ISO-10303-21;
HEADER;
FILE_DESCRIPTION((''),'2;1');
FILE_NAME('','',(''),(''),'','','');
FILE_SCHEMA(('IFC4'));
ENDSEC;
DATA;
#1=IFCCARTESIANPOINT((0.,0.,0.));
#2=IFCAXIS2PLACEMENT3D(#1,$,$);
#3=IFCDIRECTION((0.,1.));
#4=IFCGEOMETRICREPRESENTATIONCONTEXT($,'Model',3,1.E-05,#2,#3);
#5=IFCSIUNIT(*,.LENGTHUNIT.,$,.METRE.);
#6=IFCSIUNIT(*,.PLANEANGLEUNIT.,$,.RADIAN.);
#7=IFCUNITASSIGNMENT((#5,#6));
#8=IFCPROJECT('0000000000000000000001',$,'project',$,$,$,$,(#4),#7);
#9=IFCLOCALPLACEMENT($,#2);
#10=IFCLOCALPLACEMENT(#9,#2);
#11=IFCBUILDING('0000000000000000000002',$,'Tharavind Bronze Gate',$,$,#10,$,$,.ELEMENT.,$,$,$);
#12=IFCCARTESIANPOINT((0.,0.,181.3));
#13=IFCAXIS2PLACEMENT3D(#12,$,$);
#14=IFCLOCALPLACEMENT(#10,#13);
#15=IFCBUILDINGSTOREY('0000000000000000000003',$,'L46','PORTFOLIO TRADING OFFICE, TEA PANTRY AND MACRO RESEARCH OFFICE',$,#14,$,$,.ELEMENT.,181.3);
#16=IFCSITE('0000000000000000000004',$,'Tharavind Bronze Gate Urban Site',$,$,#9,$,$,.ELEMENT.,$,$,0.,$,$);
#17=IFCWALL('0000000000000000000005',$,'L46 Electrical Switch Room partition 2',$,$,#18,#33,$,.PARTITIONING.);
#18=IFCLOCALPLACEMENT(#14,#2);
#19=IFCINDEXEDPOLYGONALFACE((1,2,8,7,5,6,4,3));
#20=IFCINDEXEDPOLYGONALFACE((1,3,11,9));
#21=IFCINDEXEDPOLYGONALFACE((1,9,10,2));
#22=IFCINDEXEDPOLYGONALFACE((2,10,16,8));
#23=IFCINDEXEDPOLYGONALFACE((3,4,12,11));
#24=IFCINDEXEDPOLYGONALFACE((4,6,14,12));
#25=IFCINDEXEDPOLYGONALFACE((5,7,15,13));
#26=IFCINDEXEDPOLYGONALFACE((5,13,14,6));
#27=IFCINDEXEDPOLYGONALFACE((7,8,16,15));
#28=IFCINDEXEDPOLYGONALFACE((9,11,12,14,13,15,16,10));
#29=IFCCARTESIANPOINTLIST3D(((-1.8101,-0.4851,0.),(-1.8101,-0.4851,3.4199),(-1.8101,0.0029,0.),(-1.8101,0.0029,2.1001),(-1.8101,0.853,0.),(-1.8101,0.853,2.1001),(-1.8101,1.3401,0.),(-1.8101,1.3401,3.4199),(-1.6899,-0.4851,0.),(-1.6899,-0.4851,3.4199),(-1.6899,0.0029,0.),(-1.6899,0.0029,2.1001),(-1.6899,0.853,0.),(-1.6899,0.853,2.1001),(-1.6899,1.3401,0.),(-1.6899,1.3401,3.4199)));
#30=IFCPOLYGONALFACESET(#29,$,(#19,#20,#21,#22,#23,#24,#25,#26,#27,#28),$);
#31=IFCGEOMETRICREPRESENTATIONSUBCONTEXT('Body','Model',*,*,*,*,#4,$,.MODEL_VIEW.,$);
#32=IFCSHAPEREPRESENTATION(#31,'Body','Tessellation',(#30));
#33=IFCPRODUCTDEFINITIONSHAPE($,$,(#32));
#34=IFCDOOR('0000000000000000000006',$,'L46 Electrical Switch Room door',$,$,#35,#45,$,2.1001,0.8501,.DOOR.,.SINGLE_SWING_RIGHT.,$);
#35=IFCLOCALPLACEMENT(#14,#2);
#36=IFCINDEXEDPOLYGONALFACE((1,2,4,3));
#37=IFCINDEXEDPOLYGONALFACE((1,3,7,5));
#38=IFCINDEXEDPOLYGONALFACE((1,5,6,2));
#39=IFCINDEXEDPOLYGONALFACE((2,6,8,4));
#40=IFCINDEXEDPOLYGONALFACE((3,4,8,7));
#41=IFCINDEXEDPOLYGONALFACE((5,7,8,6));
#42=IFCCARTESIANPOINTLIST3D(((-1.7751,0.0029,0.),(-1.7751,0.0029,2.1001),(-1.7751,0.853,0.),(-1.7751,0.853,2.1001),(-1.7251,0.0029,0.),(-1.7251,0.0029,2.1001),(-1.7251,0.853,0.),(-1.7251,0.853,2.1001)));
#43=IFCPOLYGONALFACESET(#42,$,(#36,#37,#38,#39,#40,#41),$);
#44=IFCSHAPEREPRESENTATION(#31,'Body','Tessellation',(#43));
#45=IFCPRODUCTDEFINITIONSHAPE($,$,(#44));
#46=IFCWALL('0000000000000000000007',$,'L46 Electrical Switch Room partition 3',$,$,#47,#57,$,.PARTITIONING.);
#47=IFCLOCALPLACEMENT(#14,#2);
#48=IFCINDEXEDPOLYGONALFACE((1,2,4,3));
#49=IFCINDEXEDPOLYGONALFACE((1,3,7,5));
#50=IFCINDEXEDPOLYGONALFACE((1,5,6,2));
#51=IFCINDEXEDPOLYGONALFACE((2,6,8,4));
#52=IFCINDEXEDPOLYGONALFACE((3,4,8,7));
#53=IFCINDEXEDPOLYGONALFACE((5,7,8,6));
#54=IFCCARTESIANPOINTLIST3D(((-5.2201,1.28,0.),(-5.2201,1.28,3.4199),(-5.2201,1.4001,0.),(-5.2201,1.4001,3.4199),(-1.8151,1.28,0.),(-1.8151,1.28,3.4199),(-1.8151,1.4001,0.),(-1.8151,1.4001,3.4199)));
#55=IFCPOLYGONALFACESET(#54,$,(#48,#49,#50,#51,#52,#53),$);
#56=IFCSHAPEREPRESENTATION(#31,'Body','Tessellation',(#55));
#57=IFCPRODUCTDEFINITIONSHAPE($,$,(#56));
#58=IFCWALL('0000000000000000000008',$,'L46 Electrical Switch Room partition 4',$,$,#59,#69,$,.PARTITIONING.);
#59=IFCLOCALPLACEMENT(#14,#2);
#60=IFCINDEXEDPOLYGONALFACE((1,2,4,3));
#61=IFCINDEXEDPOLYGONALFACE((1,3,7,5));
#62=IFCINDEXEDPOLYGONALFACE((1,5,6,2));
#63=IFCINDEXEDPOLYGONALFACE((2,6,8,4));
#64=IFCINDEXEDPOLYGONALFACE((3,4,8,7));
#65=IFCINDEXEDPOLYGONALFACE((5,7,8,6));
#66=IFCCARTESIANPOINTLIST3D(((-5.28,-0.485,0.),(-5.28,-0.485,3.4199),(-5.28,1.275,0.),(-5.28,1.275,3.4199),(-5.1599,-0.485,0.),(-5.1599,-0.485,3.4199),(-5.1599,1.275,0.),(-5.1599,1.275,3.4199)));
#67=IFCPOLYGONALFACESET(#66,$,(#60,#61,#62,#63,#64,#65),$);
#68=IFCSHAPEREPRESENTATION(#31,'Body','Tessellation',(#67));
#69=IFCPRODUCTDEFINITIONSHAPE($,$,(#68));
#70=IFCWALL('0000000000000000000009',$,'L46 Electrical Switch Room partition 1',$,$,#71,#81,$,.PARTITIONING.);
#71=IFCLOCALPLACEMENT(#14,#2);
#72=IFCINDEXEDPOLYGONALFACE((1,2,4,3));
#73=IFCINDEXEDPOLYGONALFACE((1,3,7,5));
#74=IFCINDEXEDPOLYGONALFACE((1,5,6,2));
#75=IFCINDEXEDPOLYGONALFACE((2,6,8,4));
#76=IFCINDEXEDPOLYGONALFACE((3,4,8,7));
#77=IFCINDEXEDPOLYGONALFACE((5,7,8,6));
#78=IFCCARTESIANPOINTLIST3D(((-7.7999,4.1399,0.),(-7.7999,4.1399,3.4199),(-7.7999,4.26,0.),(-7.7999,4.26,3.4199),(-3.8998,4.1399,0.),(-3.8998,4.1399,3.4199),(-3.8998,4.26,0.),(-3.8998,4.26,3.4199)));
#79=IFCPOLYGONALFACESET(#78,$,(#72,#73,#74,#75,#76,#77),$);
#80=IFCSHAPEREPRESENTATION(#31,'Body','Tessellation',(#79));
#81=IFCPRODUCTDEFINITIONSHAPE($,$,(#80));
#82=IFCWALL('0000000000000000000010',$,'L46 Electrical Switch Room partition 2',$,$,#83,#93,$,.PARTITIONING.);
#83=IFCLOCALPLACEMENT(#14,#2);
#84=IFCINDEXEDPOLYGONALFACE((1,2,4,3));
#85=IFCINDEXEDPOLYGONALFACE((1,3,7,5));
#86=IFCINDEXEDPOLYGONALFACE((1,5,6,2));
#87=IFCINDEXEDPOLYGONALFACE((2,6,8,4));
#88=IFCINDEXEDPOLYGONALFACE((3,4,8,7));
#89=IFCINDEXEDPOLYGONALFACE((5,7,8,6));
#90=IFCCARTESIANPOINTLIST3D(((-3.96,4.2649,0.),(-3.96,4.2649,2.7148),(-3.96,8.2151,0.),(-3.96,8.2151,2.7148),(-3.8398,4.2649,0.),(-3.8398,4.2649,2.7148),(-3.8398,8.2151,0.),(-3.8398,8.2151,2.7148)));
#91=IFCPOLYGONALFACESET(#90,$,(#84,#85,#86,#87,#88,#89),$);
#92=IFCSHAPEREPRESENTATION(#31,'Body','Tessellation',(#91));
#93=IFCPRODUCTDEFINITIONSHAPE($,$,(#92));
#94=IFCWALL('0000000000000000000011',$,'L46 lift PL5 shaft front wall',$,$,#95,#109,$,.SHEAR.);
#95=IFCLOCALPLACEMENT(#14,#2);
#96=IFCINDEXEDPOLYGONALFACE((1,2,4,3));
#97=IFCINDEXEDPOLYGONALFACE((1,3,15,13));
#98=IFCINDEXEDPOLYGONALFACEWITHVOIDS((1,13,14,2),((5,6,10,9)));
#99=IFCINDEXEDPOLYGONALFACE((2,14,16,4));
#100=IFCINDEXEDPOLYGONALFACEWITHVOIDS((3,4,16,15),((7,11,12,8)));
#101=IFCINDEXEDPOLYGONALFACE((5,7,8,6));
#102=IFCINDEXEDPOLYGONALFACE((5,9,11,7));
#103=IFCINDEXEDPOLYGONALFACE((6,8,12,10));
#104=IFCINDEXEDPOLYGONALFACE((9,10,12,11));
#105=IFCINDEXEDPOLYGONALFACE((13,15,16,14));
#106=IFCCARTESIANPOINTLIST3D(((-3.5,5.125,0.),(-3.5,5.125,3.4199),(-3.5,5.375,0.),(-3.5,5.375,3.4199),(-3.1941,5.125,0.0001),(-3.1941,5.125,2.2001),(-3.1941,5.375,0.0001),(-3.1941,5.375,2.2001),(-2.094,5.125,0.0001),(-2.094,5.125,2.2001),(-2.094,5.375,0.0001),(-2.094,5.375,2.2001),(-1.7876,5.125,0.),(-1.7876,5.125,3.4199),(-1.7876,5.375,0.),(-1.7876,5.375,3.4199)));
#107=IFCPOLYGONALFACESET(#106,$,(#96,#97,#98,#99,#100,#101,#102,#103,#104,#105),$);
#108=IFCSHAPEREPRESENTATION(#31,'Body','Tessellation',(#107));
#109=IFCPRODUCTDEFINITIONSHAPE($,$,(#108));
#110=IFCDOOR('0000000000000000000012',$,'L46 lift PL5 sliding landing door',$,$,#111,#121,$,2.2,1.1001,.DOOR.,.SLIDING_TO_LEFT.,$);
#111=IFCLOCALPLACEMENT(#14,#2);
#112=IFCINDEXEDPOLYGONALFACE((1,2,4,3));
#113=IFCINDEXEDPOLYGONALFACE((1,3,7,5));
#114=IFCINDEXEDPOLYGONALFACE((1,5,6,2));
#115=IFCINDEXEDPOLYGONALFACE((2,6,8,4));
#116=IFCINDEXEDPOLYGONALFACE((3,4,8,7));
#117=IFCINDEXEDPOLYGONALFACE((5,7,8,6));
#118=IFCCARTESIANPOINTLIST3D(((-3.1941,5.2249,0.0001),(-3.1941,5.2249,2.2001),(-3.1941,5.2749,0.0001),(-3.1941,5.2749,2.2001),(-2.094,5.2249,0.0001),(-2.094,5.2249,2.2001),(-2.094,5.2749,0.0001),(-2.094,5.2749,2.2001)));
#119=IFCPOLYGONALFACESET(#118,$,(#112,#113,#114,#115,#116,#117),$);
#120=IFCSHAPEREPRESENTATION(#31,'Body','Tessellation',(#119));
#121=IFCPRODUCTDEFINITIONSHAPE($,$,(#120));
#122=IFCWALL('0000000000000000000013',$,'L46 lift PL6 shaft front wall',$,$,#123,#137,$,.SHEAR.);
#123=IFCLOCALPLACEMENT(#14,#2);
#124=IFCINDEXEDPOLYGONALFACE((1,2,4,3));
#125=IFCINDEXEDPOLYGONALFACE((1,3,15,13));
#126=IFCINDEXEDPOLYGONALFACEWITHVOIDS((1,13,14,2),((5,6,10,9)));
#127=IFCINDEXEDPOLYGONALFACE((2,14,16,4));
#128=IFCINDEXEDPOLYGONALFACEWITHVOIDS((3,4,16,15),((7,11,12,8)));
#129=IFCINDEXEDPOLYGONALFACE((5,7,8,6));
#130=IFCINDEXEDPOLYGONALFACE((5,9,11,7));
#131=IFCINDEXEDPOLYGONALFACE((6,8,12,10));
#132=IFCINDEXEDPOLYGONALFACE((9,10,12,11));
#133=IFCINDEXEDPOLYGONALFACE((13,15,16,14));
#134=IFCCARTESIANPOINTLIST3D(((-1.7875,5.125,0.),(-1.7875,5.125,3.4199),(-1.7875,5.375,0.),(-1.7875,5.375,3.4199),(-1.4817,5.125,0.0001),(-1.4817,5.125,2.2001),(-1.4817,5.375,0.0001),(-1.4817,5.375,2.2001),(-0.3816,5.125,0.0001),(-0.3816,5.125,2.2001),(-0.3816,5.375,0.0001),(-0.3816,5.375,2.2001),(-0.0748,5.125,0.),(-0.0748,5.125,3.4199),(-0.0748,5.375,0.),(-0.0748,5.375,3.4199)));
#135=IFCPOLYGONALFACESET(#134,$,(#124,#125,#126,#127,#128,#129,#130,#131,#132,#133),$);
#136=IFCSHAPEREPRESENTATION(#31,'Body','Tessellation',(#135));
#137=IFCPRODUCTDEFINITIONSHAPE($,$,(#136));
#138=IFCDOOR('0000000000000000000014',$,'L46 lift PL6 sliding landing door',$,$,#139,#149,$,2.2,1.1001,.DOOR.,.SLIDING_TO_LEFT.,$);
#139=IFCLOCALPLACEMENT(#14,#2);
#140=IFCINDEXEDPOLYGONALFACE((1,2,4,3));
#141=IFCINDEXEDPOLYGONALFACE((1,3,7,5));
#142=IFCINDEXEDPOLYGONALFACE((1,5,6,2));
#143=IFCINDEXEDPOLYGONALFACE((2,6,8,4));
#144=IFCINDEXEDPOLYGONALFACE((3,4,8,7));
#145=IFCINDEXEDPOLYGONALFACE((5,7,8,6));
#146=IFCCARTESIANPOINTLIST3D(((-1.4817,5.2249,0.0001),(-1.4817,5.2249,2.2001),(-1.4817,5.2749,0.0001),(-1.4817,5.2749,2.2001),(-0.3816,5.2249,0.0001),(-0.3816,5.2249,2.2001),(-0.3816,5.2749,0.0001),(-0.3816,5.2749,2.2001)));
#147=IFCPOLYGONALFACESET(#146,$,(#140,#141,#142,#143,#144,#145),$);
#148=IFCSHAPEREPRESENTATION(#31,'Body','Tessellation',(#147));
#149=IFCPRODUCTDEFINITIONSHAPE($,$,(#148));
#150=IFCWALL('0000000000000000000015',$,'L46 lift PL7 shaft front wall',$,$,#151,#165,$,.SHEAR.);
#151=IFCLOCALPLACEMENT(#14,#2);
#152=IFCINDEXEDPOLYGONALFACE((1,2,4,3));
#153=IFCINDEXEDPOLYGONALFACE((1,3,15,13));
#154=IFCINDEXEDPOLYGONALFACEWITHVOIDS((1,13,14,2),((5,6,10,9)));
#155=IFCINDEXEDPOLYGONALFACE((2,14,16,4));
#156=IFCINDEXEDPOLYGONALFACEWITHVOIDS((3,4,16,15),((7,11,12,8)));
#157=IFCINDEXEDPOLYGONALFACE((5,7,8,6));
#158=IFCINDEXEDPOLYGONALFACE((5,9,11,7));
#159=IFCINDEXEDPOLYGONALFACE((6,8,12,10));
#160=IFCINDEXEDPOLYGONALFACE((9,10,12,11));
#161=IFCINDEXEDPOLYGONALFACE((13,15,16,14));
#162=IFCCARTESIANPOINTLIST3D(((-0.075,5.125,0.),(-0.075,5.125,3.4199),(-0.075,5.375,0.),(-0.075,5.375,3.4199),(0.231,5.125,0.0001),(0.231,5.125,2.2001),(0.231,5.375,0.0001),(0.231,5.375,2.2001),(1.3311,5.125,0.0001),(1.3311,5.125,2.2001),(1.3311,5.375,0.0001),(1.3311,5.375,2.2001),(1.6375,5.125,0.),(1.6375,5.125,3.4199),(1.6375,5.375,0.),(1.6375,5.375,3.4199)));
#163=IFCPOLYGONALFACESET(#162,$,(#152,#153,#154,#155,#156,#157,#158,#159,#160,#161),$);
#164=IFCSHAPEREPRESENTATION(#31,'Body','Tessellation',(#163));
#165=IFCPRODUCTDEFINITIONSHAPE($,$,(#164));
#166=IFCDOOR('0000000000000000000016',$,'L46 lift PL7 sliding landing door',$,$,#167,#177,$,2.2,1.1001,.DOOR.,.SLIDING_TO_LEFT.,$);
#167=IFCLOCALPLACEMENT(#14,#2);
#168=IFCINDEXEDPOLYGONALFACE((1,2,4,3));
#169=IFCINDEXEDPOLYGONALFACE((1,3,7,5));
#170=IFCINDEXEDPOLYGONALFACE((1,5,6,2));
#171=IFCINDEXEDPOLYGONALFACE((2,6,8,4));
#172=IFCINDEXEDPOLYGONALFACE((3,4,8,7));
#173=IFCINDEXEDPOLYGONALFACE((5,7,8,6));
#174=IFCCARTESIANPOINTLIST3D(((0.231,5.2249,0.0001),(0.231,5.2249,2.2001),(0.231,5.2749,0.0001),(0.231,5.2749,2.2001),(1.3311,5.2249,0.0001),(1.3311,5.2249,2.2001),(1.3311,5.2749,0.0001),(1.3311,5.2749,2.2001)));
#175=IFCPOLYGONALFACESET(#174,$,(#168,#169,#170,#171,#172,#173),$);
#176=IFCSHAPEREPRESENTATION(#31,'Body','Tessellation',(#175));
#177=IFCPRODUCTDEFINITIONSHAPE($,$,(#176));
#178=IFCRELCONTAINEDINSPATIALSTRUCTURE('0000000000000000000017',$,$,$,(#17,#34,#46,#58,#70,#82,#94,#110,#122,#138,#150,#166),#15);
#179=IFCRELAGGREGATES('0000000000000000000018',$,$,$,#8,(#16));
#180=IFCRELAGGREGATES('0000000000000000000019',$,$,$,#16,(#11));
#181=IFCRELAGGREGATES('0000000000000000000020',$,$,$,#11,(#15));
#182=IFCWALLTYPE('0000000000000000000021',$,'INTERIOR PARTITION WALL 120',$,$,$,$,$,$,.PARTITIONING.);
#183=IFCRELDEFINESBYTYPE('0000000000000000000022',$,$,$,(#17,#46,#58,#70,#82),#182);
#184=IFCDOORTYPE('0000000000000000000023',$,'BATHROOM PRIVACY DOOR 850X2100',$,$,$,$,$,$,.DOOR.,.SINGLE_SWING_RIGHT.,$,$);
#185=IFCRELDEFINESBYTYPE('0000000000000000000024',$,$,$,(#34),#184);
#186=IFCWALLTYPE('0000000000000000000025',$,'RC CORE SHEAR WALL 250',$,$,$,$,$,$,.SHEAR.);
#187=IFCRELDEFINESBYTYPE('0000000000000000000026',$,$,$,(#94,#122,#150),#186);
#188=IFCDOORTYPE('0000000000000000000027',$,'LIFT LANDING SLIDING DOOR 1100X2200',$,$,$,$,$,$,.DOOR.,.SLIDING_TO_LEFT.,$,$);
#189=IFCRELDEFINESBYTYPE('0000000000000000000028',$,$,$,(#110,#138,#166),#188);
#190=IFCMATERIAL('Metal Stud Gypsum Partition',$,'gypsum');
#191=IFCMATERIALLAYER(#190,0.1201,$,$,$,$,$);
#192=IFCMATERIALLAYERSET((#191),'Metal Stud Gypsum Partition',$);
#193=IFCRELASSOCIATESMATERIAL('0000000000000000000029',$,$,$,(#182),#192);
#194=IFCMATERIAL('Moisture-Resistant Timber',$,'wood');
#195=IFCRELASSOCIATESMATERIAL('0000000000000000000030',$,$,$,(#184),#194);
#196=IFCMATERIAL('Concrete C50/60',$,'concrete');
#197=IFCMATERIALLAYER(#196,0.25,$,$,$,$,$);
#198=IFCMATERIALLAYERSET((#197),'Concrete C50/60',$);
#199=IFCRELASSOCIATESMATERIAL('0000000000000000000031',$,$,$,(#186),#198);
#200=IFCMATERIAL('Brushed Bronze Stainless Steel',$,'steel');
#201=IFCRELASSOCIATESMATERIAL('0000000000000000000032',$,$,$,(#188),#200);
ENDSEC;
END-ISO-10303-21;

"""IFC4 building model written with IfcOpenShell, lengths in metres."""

from ifc_helpers import new_model, si_unit, direction, frame, frame_2d, origin, place, context, subcontext, project, spatial, rectangle, extrude, material, layer, layer_set, type_object, element, fill, save


model = new_model("IFC4")

# Units and contexts
model_context = context("Model", 3, precision=1e-05, world=origin(), true_north=direction((0.0, 1.0)))
body_context = subcontext(model_context, "Body", "Model", "MODEL_VIEW")
ifc_project = project(units=[si_unit("LENGTHUNIT", "METRE"), si_unit("PLANEANGLEUNIT", "RADIAN")], contexts=[model_context])

# Site, building, storey
site_placement = place(None, origin())
site = spatial("IfcSite", under=ifc_project, at=site_placement, Name="Tharavind Bronze Gate Urban Site", CompositionType="ELEMENT", RefElevation=0.0)
building_placement = place(site_placement, origin())
building = spatial("IfcBuilding", under=site, at=building_placement, Name="Tharavind Bronze Gate", CompositionType="ELEMENT")
storey_placement = place(building_placement, frame((0.0, 0.0, 181.3)))
storey = spatial("IfcBuildingStorey", under=building, at=storey_placement, Name="L46", Description="PORTFOLIO TRADING OFFICE, TEA PANTRY AND MACRO RESEARCH OFFICE", CompositionType="ELEMENT", Elevation=181.3)

# Shared definitions
ifc_material_1 = material(Name="Metal Stud Gypsum Partition", Category="gypsum")
ifc_layer_1 = layer(ifc_material_1, 0.1201)
ifc_layer_set_1 = layer_set([ifc_layer_1], Name="Metal Stud Gypsum Partition")
wall_type_1 = type_object("IfcWallType", Name="INTERIOR PARTITION WALL 120", PredefinedType="PARTITIONING", material=ifc_layer_set_1)

# Shared definitions
ifc_material_2 = material(Name="Moisture-Resistant Timber", Category="wood")
door_type_1 = type_object("IfcDoorType", Name="BATHROOM PRIVACY DOOR 850X2100", OperationType="SINGLE_SWING_RIGHT", PredefinedType="DOOR", material=ifc_material_2)

# Wall, opening, door
wall_1_placement = place(storey_placement, frame((-1.75, -0.4851, 0.0), z_axis=(0.0, 0.0, 1.0), x_axis=(0.0, 1.0, 0.0)))
wall_1 = element("IfcWall", 1, at=wall_1_placement, inside=storey, type_object=wall_type_1, Name="L46 Electrical Switch Room partition 2", PredefinedType="PARTITIONING", context=body_context, shape_type="SweptSolid", body=[
    extrude(rectangle(XDim=1.8252, YDim=0.1201, at=frame_2d((0.9126, 0.0))), origin(), (0.0, 0.0, 1.0), 3.4199),
])
opening_1_placement = place(wall_1_placement, frame((0.488, 0.0, 0.0)))
opening_1 = element("IfcOpeningElement", 2, at=opening_1_placement, cuts=wall_1, PredefinedType="OPENING", context=body_context, shape_type="SweptSolid", body=[
    extrude(rectangle(XDim=0.8501, YDim=2.1001, at=frame_2d((0.425, 1.05))), frame((0.0, 0.0701, 0.0), z_axis=(0.0, -1.0, 0.0), x_axis=(1.0, 0.0, 0.0)), (0.0, 0.0, 1.0), 0.1401),
])
door_1_placement = place(opening_1_placement, frame((0.8501, 0.0, 0.0), z_axis=(0.0, 0.0, 1.0), x_axis=(-1.0, 0.0, 0.0)))
door_1 = element("IfcDoor", 3, at=door_1_placement, inside=storey, type_object=door_type_1, Name="L46 Electrical Switch Room door", OperationType="SINGLE_SWING_RIGHT", OverallHeight=2.1001, OverallWidth=0.8501, PredefinedType="DOOR", context=body_context, shape_type="SweptSolid", body=[
    extrude(rectangle(XDim=0.8501, YDim=2.1001, at=frame_2d((0.425, 1.05))), frame((0.0, 0.0249, 0.0), z_axis=(0.0, -1.0, 0.0), x_axis=(1.0, 0.0, 0.0)), (0.0, 0.0, 1.0), 0.05),
])
fill(opening_1, door_1)

# Walls
wall_2_placement = place(storey_placement, frame((-1.8149, 1.3401, 0.0), z_axis=(0.0, 0.0, 1.0), x_axis=(-1.0, 0.0, 0.0)))
element("IfcWall", 4, at=wall_2_placement, inside=storey, type_object=wall_type_1, Name="L46 Electrical Switch Room partition 3", PredefinedType="PARTITIONING", context=body_context, shape_type="SweptSolid", body=[
    extrude(rectangle(XDim=3.405, YDim=0.1201, at=frame_2d((1.7026, 0.0))), origin(), (0.0, 0.0, 1.0), 3.4199),
])
wall_3_placement = place(storey_placement, frame((-5.22, 1.2749, 0.0), z_axis=(0.0, 0.0, 1.0), x_axis=(0.0, -1.0, 0.0)))
element("IfcWall", 5, at=wall_3_placement, inside=storey, type_object=wall_type_1, Name="L46 Electrical Switch Room partition 4", PredefinedType="PARTITIONING", context=body_context, shape_type="SweptSolid", body=[
    extrude(rectangle(XDim=1.76, YDim=0.1201, at=frame_2d((0.8799, 0.0))), origin(), (0.0, 0.0, 1.0), 3.4199),
])
wall_4_placement = place(storey_placement, frame((-7.8, 4.2, 0.0), z_axis=(0.0, 0.0, 1.0), x_axis=(1.0, 0.0, 0.0)))
element("IfcWall", 6, at=wall_4_placement, inside=storey, type_object=wall_type_1, Name="L46 Electrical Switch Room partition 1", PredefinedType="PARTITIONING", context=body_context, shape_type="SweptSolid", body=[
    extrude(rectangle(XDim=3.9001, YDim=0.1201, at=frame_2d((1.9502, 0.0))), origin(), (0.0, 0.0, 1.0), 3.4199),
])
wall_5_placement = place(storey_placement, frame((-3.8999, 4.2649, 0.0), z_axis=(0.0, 0.0, 1.0), x_axis=(0.0, 1.0, 0.0)))
element("IfcWall", 7, at=wall_5_placement, inside=storey, type_object=wall_type_1, Name="L46 Electrical Switch Room partition 2", PredefinedType="PARTITIONING", context=body_context, shape_type="SweptSolid", body=[
    extrude(rectangle(XDim=3.9502, YDim=0.1201, at=frame_2d((1.9751, 0.0))), origin(), (0.0, 0.0, 1.0), 2.7148),
])

# Walls, openings, doors
ifc_material_3 = material(Name="Concrete C50/60", Category="concrete")
ifc_layer_2 = layer(ifc_material_3, 0.25)
ifc_layer_set_2 = layer_set([ifc_layer_2], Name="Concrete C50/60")
wall_type_2 = type_object("IfcWallType", Name="RC CORE SHEAR WALL 250", PredefinedType="SHEAR", material=ifc_layer_set_2)
wall_6_placement = place(storey_placement, frame((-3.5, 5.25, 0.0), z_axis=(0.0, 0.0, 1.0), x_axis=(1.0, 0.0, 0.0)))
wall_6 = element("IfcWall", 8, at=wall_6_placement, inside=storey, type_object=wall_type_2, Name="L46 lift PL5 shaft front wall", PredefinedType="SHEAR", context=body_context, shape_type="SweptSolid", body=[
    extrude(rectangle(XDim=1.7124, YDim=0.25, at=frame_2d((0.8562, 0.0))), origin(), (0.0, 0.0, 1.0), 3.4199),
])
opening_2_placement = place(wall_6_placement, frame((0.3059, 0.0, 0.0)))
opening_2 = element("IfcOpeningElement", 9, at=opening_2_placement, cuts=wall_6, PredefinedType="OPENING", context=body_context, shape_type="SweptSolid", body=[
    extrude(rectangle(XDim=1.1001, YDim=2.2, at=frame_2d((0.55, 1.1001))), frame((0.0, 0.135, 0.0), z_axis=(0.0, -1.0, 0.0), x_axis=(1.0, 0.0, 0.0)), (0.0, 0.0, 1.0), 0.27),
])
ifc_material_4 = material(Name="Brushed Bronze Stainless Steel", Category="steel")
door_type_2 = type_object("IfcDoorType", Name="LIFT LANDING SLIDING DOOR 1100X2200", OperationType="SLIDING_TO_LEFT", PredefinedType="DOOR", material=ifc_material_4)
door_2_placement = place(opening_2_placement, origin())
door_2 = element("IfcDoor", 10, at=door_2_placement, inside=storey, type_object=door_type_2, Name="L46 lift PL5 sliding landing door", OperationType="SLIDING_TO_LEFT", OverallHeight=2.2, OverallWidth=1.1001, PredefinedType="DOOR", context=body_context, shape_type="SweptSolid", body=[
    extrude(rectangle(XDim=1.1001, YDim=2.2, at=frame_2d((0.55, 1.1001))), frame((0.0, 0.0249, 0.0), z_axis=(0.0, -1.0, 0.0), x_axis=(1.0, 0.0, 0.0)), (0.0, 0.0, 1.0), 0.05),
])
fill(opening_2, door_2)
wall_7_placement = place(storey_placement, frame((-1.7876, 5.25, 0.0), z_axis=(0.0, 0.0, 1.0), x_axis=(1.0, 0.0, 0.0)))
wall_7 = element("IfcWall", 11, at=wall_7_placement, inside=storey, type_object=wall_type_2, Name="L46 lift PL6 shaft front wall", PredefinedType="SHEAR", context=body_context, shape_type="SweptSolid", body=[
    extrude(rectangle(XDim=1.7126, YDim=0.25, at=frame_2d((0.8564, 0.0))), origin(), (0.0, 0.0, 1.0), 3.4199),
])
opening_3_placement = place(wall_7_placement, frame((0.3059, 0.0, 0.0)))
opening_3 = element("IfcOpeningElement", 12, at=opening_3_placement, cuts=wall_7, PredefinedType="OPENING", context=body_context, shape_type="SweptSolid", body=[
    extrude(rectangle(XDim=1.1001, YDim=2.2, at=frame_2d((0.55, 1.1001))), frame((0.0, 0.135, 0.0), z_axis=(0.0, -1.0, 0.0), x_axis=(1.0, 0.0, 0.0)), (0.0, 0.0, 1.0), 0.27),
])
door_3_placement = place(opening_3_placement, origin())
door_3 = element("IfcDoor", 13, at=door_3_placement, inside=storey, type_object=door_type_2, Name="L46 lift PL6 sliding landing door", OperationType="SLIDING_TO_LEFT", OverallHeight=2.2, OverallWidth=1.1001, PredefinedType="DOOR", context=body_context, shape_type="SweptSolid", body=[
    extrude(rectangle(XDim=1.1001, YDim=2.2, at=frame_2d((0.55, 1.1001))), frame((0.0, 0.0249, 0.0), z_axis=(0.0, -1.0, 0.0), x_axis=(1.0, 0.0, 0.0)), (0.0, 0.0, 1.0), 0.05),
])
fill(opening_3, door_3)
wall_8_placement = place(storey_placement, frame((-0.075, 5.25, 0.0), z_axis=(0.0, 0.0, 1.0), x_axis=(1.0, 0.0, 0.0)))
wall_8 = element("IfcWall", 14, at=wall_8_placement, inside=storey, type_object=wall_type_2, Name="L46 lift PL7 shaft front wall", PredefinedType="SHEAR", context=body_context, shape_type="SweptSolid", body=[
    extrude(rectangle(XDim=1.7124, YDim=0.25, at=frame_2d((0.8562, 0.0))), origin(), (0.0, 0.0, 1.0), 3.4199),
])
opening_4_placement = place(wall_8_placement, frame((0.3059, 0.0, 0.0)))
opening_4 = element("IfcOpeningElement", 15, at=opening_4_placement, cuts=wall_8, PredefinedType="OPENING", context=body_context, shape_type="SweptSolid", body=[
    extrude(rectangle(XDim=1.1001, YDim=2.2, at=frame_2d((0.55, 1.1001))), frame((0.0, 0.135, 0.0), z_axis=(0.0, -1.0, 0.0), x_axis=(1.0, 0.0, 0.0)), (0.0, 0.0, 1.0), 0.27),
])
door_4_placement = place(opening_4_placement, origin())
door_4 = element("IfcDoor", 16, at=door_4_placement, inside=storey, type_object=door_type_2, Name="L46 lift PL7 sliding landing door", OperationType="SLIDING_TO_LEFT", OverallHeight=2.2, OverallWidth=1.1001, PredefinedType="DOOR", context=body_context, shape_type="SweptSolid", body=[
    extrude(rectangle(XDim=1.1001, YDim=2.2, at=frame_2d((0.55, 1.1001))), frame((0.0, 0.0249, 0.0), z_axis=(0.0, -1.0, 0.0), x_axis=(1.0, 0.0, 0.0)), (0.0, 0.0, 1.0), 0.05),
])
fill(opening_4, door_4)

save(model, "model.ifc")
